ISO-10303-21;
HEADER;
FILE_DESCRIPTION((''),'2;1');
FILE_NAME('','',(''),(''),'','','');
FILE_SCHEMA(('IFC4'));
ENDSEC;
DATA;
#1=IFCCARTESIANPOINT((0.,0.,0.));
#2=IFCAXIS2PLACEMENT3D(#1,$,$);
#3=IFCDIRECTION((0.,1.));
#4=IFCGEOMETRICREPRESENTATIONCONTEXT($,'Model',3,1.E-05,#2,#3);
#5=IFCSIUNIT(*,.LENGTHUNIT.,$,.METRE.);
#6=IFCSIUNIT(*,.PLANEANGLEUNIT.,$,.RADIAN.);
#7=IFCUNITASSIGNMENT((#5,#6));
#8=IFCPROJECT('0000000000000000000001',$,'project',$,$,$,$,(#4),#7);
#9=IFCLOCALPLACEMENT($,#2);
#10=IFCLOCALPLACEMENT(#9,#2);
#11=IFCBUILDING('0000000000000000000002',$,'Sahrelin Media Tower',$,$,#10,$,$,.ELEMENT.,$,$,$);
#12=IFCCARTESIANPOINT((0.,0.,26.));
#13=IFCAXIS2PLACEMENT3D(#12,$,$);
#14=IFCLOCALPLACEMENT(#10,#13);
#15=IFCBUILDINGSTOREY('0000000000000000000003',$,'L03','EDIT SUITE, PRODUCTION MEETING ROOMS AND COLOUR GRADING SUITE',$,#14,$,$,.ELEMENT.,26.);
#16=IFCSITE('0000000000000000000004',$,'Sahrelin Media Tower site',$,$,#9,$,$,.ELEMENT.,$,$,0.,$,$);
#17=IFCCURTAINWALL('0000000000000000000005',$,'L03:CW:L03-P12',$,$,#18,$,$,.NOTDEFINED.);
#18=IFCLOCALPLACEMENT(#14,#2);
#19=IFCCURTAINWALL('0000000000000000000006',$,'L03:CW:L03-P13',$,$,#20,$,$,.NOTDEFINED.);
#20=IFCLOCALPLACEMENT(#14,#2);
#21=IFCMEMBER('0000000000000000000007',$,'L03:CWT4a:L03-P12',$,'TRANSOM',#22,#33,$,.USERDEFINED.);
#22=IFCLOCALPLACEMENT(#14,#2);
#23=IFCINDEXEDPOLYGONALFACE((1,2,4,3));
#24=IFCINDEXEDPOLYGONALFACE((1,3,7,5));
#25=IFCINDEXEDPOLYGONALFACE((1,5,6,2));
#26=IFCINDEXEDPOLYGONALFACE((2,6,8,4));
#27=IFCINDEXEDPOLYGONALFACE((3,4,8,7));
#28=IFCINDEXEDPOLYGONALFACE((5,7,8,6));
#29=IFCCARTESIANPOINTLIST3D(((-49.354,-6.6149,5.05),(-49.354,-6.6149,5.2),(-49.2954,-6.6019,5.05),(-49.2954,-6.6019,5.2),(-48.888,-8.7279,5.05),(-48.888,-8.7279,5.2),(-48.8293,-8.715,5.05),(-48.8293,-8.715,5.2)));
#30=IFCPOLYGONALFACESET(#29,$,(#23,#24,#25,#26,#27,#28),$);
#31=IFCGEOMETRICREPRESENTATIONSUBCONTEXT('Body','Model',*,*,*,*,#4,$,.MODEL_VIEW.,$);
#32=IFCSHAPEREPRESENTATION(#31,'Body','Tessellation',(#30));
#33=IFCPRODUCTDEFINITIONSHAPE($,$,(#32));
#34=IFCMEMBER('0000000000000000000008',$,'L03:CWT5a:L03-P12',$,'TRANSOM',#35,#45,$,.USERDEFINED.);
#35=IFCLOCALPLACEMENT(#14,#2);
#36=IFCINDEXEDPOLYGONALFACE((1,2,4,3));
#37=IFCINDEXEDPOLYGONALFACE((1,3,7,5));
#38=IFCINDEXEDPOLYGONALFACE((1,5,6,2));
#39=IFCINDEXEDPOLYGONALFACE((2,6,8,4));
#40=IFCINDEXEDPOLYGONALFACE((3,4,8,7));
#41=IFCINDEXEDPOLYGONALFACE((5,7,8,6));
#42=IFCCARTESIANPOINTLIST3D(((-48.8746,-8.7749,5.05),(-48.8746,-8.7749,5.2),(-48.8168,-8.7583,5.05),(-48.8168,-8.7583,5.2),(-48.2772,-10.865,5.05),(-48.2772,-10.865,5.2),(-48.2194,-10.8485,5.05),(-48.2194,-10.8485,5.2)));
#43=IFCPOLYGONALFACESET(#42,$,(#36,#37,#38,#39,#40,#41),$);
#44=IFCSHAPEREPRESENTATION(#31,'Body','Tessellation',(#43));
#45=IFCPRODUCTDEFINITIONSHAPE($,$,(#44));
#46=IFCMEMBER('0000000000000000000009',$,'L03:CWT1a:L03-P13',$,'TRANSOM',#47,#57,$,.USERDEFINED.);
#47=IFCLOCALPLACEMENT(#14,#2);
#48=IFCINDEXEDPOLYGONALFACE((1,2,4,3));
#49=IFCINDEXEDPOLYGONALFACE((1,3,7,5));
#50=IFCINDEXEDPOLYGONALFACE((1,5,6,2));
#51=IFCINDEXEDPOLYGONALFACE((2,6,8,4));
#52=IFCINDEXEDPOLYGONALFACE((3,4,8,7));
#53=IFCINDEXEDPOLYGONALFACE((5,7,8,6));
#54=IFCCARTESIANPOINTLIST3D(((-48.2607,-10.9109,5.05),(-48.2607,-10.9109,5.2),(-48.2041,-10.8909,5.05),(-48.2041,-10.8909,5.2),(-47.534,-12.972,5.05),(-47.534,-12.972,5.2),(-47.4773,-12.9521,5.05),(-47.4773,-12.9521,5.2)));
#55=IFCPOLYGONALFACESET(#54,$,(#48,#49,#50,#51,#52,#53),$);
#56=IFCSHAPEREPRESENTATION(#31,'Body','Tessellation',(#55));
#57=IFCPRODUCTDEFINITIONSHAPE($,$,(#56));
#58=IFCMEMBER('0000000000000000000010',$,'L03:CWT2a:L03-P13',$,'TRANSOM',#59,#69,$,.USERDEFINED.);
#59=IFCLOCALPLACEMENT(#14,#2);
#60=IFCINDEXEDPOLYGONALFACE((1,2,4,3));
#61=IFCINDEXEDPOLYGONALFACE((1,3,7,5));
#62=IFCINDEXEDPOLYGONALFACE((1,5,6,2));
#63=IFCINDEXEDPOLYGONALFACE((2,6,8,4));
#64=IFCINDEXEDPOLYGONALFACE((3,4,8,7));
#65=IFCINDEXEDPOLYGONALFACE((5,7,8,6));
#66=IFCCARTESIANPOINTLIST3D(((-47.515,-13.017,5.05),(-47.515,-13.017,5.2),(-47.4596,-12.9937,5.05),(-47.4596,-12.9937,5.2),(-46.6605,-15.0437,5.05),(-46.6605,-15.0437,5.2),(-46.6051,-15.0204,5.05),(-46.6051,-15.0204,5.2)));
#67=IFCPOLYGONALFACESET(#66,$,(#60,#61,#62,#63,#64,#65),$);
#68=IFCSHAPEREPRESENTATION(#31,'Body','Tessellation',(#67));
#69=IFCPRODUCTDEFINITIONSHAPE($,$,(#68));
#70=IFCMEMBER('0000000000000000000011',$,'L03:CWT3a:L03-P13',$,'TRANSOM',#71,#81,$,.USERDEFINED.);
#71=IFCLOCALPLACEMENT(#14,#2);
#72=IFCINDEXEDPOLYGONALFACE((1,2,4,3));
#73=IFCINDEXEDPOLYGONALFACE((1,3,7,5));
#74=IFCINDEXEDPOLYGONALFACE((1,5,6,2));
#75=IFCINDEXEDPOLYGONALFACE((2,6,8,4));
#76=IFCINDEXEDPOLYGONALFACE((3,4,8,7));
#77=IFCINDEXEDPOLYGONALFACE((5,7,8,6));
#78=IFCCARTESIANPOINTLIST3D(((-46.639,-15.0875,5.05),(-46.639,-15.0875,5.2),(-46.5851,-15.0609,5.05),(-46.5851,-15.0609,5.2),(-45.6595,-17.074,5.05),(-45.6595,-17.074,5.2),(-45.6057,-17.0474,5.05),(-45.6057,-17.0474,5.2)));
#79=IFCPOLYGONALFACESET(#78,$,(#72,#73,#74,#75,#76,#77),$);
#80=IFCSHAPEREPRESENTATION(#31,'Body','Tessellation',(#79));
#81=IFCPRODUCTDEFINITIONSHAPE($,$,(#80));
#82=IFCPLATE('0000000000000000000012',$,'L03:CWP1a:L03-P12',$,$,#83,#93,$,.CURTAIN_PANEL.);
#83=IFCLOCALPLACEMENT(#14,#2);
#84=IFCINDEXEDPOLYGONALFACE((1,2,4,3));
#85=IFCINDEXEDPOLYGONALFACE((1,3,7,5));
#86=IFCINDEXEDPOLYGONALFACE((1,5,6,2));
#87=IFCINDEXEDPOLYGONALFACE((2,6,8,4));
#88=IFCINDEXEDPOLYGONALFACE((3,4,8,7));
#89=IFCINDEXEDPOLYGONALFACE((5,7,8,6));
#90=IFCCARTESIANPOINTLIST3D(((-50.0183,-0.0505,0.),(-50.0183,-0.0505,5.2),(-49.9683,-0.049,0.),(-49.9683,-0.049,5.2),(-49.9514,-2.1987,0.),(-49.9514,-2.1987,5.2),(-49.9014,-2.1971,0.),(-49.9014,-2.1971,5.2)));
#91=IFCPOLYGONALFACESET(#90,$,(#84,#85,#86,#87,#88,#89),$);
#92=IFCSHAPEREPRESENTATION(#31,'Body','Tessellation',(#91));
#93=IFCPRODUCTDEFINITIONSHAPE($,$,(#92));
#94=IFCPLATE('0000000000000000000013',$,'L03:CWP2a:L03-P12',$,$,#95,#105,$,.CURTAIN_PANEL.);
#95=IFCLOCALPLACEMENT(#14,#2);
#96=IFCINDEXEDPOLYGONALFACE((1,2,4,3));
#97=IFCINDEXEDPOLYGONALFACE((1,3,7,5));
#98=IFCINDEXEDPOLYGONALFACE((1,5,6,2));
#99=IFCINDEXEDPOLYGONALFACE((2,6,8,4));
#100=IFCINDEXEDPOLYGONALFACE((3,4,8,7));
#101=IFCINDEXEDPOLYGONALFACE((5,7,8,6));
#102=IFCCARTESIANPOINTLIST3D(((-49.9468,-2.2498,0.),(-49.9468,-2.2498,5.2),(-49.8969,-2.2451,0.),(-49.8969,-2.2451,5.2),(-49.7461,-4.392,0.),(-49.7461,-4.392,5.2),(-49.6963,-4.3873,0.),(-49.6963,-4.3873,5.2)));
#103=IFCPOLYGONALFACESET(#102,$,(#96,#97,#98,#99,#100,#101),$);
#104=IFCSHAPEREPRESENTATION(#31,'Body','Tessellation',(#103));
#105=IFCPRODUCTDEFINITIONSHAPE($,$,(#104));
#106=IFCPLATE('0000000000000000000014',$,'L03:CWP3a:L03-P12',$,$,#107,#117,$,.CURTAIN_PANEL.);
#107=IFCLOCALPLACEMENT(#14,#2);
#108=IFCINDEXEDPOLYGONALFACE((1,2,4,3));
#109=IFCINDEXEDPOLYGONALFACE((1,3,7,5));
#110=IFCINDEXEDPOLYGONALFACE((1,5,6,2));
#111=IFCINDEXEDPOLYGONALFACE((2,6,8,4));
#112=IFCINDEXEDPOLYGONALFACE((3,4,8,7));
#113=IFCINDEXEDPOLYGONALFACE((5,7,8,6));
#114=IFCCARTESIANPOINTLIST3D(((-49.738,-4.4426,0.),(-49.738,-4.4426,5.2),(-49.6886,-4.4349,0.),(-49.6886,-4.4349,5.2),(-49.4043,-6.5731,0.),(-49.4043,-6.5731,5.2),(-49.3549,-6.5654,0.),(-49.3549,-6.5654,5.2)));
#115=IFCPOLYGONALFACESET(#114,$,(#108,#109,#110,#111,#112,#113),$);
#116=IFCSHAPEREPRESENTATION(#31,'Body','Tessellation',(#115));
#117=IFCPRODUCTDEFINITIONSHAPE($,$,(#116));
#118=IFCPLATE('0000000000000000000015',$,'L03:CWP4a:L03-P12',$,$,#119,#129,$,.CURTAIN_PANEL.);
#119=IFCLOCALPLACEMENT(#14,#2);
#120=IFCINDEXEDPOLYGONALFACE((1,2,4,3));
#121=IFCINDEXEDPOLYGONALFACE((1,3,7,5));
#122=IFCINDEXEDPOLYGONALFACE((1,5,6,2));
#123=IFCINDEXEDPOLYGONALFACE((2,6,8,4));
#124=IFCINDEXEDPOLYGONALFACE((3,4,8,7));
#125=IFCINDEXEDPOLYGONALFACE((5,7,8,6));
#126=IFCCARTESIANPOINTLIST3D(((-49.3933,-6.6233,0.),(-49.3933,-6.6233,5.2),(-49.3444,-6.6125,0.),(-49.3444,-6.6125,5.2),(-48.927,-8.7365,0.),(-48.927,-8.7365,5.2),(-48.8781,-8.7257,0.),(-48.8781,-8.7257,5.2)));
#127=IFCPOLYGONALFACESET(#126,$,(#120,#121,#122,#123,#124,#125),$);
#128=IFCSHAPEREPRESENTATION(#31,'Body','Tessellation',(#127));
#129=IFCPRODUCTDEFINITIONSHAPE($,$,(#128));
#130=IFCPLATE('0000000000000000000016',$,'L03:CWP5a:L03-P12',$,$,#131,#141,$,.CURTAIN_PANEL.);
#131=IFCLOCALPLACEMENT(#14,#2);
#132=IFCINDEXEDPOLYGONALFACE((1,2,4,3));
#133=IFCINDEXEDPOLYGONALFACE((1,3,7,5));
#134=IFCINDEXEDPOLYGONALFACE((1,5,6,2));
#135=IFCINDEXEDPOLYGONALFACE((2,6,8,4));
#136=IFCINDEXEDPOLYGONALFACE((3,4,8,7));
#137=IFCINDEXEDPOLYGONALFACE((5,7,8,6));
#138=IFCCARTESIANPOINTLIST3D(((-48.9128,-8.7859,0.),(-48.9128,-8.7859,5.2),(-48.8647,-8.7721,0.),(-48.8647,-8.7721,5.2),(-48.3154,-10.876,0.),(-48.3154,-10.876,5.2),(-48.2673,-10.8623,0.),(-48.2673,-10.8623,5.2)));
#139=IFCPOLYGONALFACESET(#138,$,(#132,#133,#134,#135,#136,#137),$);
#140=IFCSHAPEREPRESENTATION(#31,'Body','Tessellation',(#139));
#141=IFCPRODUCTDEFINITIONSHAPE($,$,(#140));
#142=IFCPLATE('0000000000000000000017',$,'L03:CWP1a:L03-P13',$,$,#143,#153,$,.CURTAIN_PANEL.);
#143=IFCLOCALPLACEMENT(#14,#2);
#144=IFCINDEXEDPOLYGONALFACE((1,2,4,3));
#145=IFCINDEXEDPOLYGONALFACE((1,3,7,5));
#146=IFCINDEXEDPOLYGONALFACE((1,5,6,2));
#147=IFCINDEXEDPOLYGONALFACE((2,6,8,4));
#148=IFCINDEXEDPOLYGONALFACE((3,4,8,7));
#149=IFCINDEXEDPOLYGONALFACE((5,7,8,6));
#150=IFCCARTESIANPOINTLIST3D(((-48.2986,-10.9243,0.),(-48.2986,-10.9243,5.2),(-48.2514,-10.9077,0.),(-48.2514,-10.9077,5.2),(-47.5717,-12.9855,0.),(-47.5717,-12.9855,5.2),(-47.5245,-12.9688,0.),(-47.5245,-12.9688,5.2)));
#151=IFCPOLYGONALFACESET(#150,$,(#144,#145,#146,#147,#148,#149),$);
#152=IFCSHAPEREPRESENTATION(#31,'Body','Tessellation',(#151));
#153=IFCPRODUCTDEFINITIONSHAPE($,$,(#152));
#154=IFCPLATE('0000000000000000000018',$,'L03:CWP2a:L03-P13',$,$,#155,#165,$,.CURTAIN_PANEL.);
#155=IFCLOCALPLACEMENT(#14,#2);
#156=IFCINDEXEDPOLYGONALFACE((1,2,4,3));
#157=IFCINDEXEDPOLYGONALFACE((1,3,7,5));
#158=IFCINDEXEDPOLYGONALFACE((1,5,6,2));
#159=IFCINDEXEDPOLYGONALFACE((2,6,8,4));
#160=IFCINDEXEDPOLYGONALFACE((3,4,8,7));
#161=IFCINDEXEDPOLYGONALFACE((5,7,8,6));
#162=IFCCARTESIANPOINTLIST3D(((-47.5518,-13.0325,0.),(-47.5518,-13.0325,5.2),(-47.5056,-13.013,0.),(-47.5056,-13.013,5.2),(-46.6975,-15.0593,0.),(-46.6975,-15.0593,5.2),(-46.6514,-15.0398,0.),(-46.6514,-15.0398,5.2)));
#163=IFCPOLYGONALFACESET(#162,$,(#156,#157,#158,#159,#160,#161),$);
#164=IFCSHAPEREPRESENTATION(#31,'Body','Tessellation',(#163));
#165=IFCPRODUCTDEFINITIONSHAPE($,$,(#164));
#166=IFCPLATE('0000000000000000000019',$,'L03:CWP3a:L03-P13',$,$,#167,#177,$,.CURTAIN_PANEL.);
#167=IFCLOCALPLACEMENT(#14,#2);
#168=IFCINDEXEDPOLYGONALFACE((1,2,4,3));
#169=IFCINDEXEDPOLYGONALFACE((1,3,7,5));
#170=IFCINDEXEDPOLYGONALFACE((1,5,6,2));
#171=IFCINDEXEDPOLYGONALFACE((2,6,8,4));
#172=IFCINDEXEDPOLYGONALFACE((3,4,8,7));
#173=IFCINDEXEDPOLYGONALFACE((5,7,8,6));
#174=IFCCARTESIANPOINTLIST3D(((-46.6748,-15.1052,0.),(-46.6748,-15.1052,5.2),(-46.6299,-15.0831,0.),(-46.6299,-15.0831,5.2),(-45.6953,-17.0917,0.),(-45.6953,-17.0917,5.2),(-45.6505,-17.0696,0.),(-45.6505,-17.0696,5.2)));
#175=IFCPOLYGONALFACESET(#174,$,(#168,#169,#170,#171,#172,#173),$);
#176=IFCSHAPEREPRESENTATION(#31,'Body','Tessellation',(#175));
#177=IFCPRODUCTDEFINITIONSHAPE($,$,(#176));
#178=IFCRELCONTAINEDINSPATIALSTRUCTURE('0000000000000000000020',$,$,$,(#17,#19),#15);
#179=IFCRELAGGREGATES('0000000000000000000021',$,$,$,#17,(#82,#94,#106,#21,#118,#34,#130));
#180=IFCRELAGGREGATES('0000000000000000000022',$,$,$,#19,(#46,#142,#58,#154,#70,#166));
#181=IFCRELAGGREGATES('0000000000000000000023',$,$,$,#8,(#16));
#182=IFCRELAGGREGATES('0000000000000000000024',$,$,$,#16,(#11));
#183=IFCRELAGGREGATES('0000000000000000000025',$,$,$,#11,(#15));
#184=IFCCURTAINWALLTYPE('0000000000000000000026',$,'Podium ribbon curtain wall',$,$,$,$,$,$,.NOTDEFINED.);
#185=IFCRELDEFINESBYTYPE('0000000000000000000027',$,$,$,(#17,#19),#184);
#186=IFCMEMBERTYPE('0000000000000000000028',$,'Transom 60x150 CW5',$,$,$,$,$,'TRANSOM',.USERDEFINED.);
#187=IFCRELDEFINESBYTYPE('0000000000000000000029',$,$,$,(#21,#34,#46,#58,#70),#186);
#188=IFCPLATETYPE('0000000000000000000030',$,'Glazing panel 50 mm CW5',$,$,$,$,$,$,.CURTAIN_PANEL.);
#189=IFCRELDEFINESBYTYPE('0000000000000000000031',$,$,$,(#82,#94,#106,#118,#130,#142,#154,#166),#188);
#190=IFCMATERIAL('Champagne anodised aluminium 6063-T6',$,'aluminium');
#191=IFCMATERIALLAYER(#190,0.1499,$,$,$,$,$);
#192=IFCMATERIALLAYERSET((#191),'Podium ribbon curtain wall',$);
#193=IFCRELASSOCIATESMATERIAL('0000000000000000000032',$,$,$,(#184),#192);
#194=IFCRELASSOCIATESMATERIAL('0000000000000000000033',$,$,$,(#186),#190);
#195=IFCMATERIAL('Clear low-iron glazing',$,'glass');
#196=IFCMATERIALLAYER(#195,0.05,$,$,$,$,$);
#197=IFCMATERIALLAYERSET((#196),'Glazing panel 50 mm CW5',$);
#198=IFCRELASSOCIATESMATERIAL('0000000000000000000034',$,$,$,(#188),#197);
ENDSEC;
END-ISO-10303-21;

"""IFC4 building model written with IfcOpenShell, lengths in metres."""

from ifc_helpers import new_model, si_unit, direction, frame, origin, origin_2d, place, context, subcontext, project, spatial, polyline, rectangle, outline, extrude, material, layer, layer_set, material_profile, profile_set, type_object, element, aggregate, save


model = new_model("IFC4")

# Units and contexts
model_context = context("Model", 3, precision=1e-05, world=origin(), true_north=direction((0.0, 1.0)))
body_context = subcontext(model_context, "Body", "Model", "MODEL_VIEW")
ifc_project = project(units=[si_unit("LENGTHUNIT", "METRE"), si_unit("PLANEANGLEUNIT", "RADIAN")], contexts=[model_context])

# Site, building, storey
site_placement = place(None, origin())
site = spatial("IfcSite", under=ifc_project, at=site_placement, Name="Sahrelin Media Tower site", CompositionType="ELEMENT", RefElevation=0.0)
building_placement = place(site_placement, origin())
building = spatial("IfcBuilding", under=site, at=building_placement, Name="Sahrelin Media Tower", CompositionType="ELEMENT")
storey_placement = place(building_placement, frame((0.0, 0.0, 26.0)))
storey = spatial("IfcBuildingStorey", under=building, at=storey_placement, Name="L03", Description="EDIT SUITE, PRODUCTION MEETING ROOMS AND COLOUR GRADING SUITE", CompositionType="ELEMENT", Elevation=26.0)

# Curtain walls
ifc_material_1 = material(Name="Champagne anodised aluminium 6063-T6", Category="aluminium")
ifc_layer_1 = layer(ifc_material_1, 0.1499)
ifc_layer_set_1 = layer_set([ifc_layer_1], Name="Podium ribbon curtain wall")
curtain_wall_type = type_object("IfcCurtainWallType", Name="Podium ribbon curtain wall", PredefinedType="NOTDEFINED", material=ifc_layer_set_1)
curtain_wall_1_placement = place(storey_placement, frame((-50.0, 0.0, 0.0), z_axis=(0.0, 0.0, 1.0), x_axis=(1.0, 0.0, 0.0)))
curtain_wall_1 = element("IfcCurtainWall", 1, at=curtain_wall_1_placement, inside=storey, type_object=curtain_wall_type, Name="L03:CW:L03-P12", PredefinedType="NOTDEFINED")
curtain_wall_2_placement = place(storey_placement, frame((-48.2964, -10.8704, 0.0), z_axis=(0.0, 0.0, 1.0), x_axis=(1.0, 0.0, 0.0)))
curtain_wall_2 = element("IfcCurtainWall", 2, at=curtain_wall_2_placement, inside=storey, type_object=curtain_wall_type, Name="L03:CW:L03-P13", PredefinedType="NOTDEFINED")

# Members
ifc_material_profile_1 = material_profile(ifc_material_1, rectangle(XDim=0.0601, YDim=0.1499, at=origin_2d()), Name="Transom 60x150")
ifc_profile_set_1 = profile_set([ifc_material_profile_1], Name="Champagne anodised aluminium 6063-T6")
member_type_1 = type_object("IfcMemberType", Name="Transom 60x150 CW5", ElementType="TRANSOM", PredefinedType="USERDEFINED", material=ifc_profile_set_1)
member_1_placement = place(storey_placement, frame((-49.3247, -6.6084, 5.125), z_axis=(0.215389, -0.976528, 0.0), x_axis=(0.976528, 0.215389, 0.0)))
member_1 = element("IfcMember", 3, at=member_1_placement, type_object=member_type_1, Name="L03:CWT4a:L03-P12", ObjectType="TRANSOM", PredefinedType="USERDEFINED", context=body_context, shape_type="SweptSolid", body=[
    extrude(rectangle(XDim=0.0601, YDim=0.1499, at=origin_2d()), origin(), (0.0, 0.0, 1.0), 2.1638),
])
member_2_placement = place(storey_placement, frame((-48.8457, -8.7666, 5.125), z_axis=(0.274825, -0.961494, 0.0), x_axis=(0.961494, 0.274825, 0.0)))
member_2 = element("IfcMember", 4, at=member_2_placement, type_object=member_type_1, Name="L03:CWT5a:L03-P12", ObjectType="TRANSOM", PredefinedType="USERDEFINED", context=body_context, shape_type="SweptSolid", body=[
    extrude(rectangle(XDim=0.0601, YDim=0.1499, at=origin_2d()), origin(), (0.0, 0.0, 1.0), 2.1738),
])
member_3_placement = place(storey_placement, frame((-48.2324, -10.9009, 5.125), z_axis=(0.332534, -0.943091, 0.0), x_axis=(0.943091, 0.332534, 0.0)))
member_3 = element("IfcMember", 5, at=member_3_placement, type_object=member_type_1, Name="L03:CWT1a:L03-P13", ObjectType="TRANSOM", PredefinedType="USERDEFINED", context=body_context, shape_type="SweptSolid", body=[
    extrude(rectangle(XDim=0.0601, YDim=0.1499, at=origin_2d()), origin(), (0.0, 0.0, 1.0), 2.1855),
])
member_4_placement = place(storey_placement, frame((-47.4873, -13.0054, 5.125), z_axis=(0.388514, -0.921443, 0.0), x_axis=(0.921443, 0.388514, 0.0)))
member_4 = element("IfcMember", 6, at=member_4_placement, type_object=member_type_1, Name="L03:CWT2a:L03-P13", ObjectType="TRANSOM", PredefinedType="USERDEFINED", context=body_context, shape_type="SweptSolid", body=[
    extrude(rectangle(XDim=0.0601, YDim=0.1499, at=origin_2d()), origin(), (0.0, 0.0, 1.0), 2.1995),
])
member_5_placement = place(storey_placement, frame((-46.6121, -15.0742, 5.125), z_axis=(0.442224, -0.896904, 0.0), x_axis=(0.896904, 0.442224, 0.0)))
member_5 = element("IfcMember", 7, at=member_5_placement, type_object=member_type_1, Name="L03:CWT3a:L03-P13", ObjectType="TRANSOM", PredefinedType="USERDEFINED", context=body_context, shape_type="SweptSolid", body=[
    extrude(rectangle(XDim=0.0601, YDim=0.1499, at=origin_2d()), origin(), (0.0, 0.0, 1.0), 2.2148),
])

# Plates
ifc_material_2 = material(Name="Clear low-iron glazing", Category="glass")
ifc_layer_2 = layer(ifc_material_2, 0.05)
ifc_layer_set_2 = layer_set([ifc_layer_2], Name="Glazing panel 50 mm CW5")
plate_type = type_object("IfcPlateType", Name="Glazing panel 50 mm CW5", PredefinedType="CURTAIN_PANEL", material=ifc_layer_set_2)
plate_1_placement = place(storey_placement, frame((-50.0183, -0.0505, 0.0), z_axis=(-0.999516, -0.031125, 0.0), x_axis=(0.031125, -0.999516, 0.0)))
plate_1 = element("IfcPlate", 8, at=plate_1_placement, type_object=plate_type, Name="L03:CWP1a:L03-P12", PredefinedType="CURTAIN_PANEL", context=body_context, shape_type="SweptSolid", body=[
    extrude(outline(polyline([(0.0, 0.0), (2.1492, 0.0), (2.1492, 5.2), (0.0, 5.2), (0.0, 0.0)])), origin(), (0.0, 0.0, -1.0), 0.05),
])
plate_2_placement = place(storey_placement, frame((-49.9468, -2.2498, 0.0), z_axis=(-0.995641, -0.093267, 0.0), x_axis=(0.093267, -0.995641, 0.0)))
plate_2 = element("IfcPlate", 9, at=plate_2_placement, type_object=plate_type, Name="L03:CWP2a:L03-P12", PredefinedType="CURTAIN_PANEL", context=body_context, shape_type="SweptSolid", body=[
    extrude(outline(polyline([(0.0, 0.0), (2.1516, 0.0), (2.1516, 5.2), (0.0, 5.2), (0.0, 0.0)])), origin(), (0.0, 0.0, -1.0), 0.05),
])
plate_3_placement = place(storey_placement, frame((-49.738, -4.4426, 0.0), z_axis=(-0.987953, -0.154753, 0.0), x_axis=(0.154753, -0.987953, 0.0)))
plate_3 = element("IfcPlate", 10, at=plate_3_placement, type_object=plate_type, Name="L03:CWP3a:L03-P12", PredefinedType="CURTAIN_PANEL", context=body_context, shape_type="SweptSolid", body=[
    extrude(outline(polyline([(0.0, 0.0), (2.1565, 0.0), (2.1565, 5.2), (0.0, 5.2), (0.0, 0.0)])), origin(), (0.0, 0.0, -1.0), 0.05),
])
plate_4_placement = place(storey_placement, frame((-49.3933, -6.6233, 0.0), z_axis=(-0.97651, -0.215473, 0.0), x_axis=(0.215473, -0.97651, 0.0)))
plate_4 = element("IfcPlate", 11, at=plate_4_placement, type_object=plate_type, Name="L03:CWP4a:L03-P12", PredefinedType="CURTAIN_PANEL", context=body_context, shape_type="SweptSolid", body=[
    extrude(outline(polyline([(0.0, 0.0), (2.1641, 0.0), (2.1641, 5.2), (0.0, 5.2), (0.0, 0.0)])), origin(), (0.0, 0.0, -1.0), 0.05),
])
plate_5_placement = place(storey_placement, frame((-48.9128, -8.7859, 0.0), z_axis=(-0.961494, -0.274825, 0.0), x_axis=(0.274825, -0.961494, 0.0)))
plate_5 = element("IfcPlate", 12, at=plate_5_placement, type_object=plate_type, Name="L03:CWP5a:L03-P12", PredefinedType="CURTAIN_PANEL", context=body_context, shape_type="SweptSolid", body=[
    extrude(outline(polyline([(0.0, 0.0), (2.1738, 0.0), (2.1738, 5.2), (0.0, 5.2), (0.0, 0.0)])), origin(), (0.0, 0.0, -1.0), 0.05),
])
aggregate(curtain_wall_1, [plate_1, plate_2, plate_3, member_1, plate_4, member_2, plate_5])
plate_6_placement = place(storey_placement, frame((-48.2986, -10.9243, 0.0), z_axis=(-0.943079, -0.332569, 0.0), x_axis=(0.332569, -0.943079, 0.0)))
plate_6 = element("IfcPlate", 13, at=plate_6_placement, type_object=plate_type, Name="L03:CWP1a:L03-P13", PredefinedType="CURTAIN_PANEL", context=body_context, shape_type="SweptSolid", body=[
    extrude(outline(polyline([(0.0, 0.0), (2.1855, 0.0), (2.1855, 5.2), (0.0, 5.2), (0.0, 0.0)])), origin(), (0.0, 0.0, -1.0), 0.05),
])
plate_7_placement = place(storey_placement, frame((-47.5518, -13.0325, 0.0), z_axis=(-0.9215, -0.38838, 0.0), x_axis=(0.38838, -0.9215, 0.0)))
plate_7 = element("IfcPlate", 14, at=plate_7_placement, type_object=plate_type, Name="L03:CWP2a:L03-P13", PredefinedType="CURTAIN_PANEL", context=body_context, shape_type="SweptSolid", body=[
    extrude(outline(polyline([(0.0, 0.0), (2.1995, 0.0), (2.1995, 5.2), (0.0, 5.2), (0.0, 0.0)])), origin(), (0.0, 0.0, -1.0), 0.05),
])
plate_8_placement = place(storey_placement, frame((-46.6748, -15.1052, 0.0), z_axis=(-0.896904, -0.442224, 0.0), x_axis=(0.442224, -0.896904, 0.0)))
plate_8 = element("IfcPlate", 15, at=plate_8_placement, type_object=plate_type, Name="L03:CWP3a:L03-P13", PredefinedType="CURTAIN_PANEL", context=body_context, shape_type="SweptSolid", body=[
    extrude(outline(polyline([(0.0, 0.0), (2.2148, 0.0), (2.2148, 5.2), (0.0, 5.2), (0.0, 0.0)])), origin(), (0.0, 0.0, -1.0), 0.05),
])
aggregate(curtain_wall_2, [member_3, plate_6, member_4, plate_7, member_5, plate_8])

save(model, "model.ifc")
